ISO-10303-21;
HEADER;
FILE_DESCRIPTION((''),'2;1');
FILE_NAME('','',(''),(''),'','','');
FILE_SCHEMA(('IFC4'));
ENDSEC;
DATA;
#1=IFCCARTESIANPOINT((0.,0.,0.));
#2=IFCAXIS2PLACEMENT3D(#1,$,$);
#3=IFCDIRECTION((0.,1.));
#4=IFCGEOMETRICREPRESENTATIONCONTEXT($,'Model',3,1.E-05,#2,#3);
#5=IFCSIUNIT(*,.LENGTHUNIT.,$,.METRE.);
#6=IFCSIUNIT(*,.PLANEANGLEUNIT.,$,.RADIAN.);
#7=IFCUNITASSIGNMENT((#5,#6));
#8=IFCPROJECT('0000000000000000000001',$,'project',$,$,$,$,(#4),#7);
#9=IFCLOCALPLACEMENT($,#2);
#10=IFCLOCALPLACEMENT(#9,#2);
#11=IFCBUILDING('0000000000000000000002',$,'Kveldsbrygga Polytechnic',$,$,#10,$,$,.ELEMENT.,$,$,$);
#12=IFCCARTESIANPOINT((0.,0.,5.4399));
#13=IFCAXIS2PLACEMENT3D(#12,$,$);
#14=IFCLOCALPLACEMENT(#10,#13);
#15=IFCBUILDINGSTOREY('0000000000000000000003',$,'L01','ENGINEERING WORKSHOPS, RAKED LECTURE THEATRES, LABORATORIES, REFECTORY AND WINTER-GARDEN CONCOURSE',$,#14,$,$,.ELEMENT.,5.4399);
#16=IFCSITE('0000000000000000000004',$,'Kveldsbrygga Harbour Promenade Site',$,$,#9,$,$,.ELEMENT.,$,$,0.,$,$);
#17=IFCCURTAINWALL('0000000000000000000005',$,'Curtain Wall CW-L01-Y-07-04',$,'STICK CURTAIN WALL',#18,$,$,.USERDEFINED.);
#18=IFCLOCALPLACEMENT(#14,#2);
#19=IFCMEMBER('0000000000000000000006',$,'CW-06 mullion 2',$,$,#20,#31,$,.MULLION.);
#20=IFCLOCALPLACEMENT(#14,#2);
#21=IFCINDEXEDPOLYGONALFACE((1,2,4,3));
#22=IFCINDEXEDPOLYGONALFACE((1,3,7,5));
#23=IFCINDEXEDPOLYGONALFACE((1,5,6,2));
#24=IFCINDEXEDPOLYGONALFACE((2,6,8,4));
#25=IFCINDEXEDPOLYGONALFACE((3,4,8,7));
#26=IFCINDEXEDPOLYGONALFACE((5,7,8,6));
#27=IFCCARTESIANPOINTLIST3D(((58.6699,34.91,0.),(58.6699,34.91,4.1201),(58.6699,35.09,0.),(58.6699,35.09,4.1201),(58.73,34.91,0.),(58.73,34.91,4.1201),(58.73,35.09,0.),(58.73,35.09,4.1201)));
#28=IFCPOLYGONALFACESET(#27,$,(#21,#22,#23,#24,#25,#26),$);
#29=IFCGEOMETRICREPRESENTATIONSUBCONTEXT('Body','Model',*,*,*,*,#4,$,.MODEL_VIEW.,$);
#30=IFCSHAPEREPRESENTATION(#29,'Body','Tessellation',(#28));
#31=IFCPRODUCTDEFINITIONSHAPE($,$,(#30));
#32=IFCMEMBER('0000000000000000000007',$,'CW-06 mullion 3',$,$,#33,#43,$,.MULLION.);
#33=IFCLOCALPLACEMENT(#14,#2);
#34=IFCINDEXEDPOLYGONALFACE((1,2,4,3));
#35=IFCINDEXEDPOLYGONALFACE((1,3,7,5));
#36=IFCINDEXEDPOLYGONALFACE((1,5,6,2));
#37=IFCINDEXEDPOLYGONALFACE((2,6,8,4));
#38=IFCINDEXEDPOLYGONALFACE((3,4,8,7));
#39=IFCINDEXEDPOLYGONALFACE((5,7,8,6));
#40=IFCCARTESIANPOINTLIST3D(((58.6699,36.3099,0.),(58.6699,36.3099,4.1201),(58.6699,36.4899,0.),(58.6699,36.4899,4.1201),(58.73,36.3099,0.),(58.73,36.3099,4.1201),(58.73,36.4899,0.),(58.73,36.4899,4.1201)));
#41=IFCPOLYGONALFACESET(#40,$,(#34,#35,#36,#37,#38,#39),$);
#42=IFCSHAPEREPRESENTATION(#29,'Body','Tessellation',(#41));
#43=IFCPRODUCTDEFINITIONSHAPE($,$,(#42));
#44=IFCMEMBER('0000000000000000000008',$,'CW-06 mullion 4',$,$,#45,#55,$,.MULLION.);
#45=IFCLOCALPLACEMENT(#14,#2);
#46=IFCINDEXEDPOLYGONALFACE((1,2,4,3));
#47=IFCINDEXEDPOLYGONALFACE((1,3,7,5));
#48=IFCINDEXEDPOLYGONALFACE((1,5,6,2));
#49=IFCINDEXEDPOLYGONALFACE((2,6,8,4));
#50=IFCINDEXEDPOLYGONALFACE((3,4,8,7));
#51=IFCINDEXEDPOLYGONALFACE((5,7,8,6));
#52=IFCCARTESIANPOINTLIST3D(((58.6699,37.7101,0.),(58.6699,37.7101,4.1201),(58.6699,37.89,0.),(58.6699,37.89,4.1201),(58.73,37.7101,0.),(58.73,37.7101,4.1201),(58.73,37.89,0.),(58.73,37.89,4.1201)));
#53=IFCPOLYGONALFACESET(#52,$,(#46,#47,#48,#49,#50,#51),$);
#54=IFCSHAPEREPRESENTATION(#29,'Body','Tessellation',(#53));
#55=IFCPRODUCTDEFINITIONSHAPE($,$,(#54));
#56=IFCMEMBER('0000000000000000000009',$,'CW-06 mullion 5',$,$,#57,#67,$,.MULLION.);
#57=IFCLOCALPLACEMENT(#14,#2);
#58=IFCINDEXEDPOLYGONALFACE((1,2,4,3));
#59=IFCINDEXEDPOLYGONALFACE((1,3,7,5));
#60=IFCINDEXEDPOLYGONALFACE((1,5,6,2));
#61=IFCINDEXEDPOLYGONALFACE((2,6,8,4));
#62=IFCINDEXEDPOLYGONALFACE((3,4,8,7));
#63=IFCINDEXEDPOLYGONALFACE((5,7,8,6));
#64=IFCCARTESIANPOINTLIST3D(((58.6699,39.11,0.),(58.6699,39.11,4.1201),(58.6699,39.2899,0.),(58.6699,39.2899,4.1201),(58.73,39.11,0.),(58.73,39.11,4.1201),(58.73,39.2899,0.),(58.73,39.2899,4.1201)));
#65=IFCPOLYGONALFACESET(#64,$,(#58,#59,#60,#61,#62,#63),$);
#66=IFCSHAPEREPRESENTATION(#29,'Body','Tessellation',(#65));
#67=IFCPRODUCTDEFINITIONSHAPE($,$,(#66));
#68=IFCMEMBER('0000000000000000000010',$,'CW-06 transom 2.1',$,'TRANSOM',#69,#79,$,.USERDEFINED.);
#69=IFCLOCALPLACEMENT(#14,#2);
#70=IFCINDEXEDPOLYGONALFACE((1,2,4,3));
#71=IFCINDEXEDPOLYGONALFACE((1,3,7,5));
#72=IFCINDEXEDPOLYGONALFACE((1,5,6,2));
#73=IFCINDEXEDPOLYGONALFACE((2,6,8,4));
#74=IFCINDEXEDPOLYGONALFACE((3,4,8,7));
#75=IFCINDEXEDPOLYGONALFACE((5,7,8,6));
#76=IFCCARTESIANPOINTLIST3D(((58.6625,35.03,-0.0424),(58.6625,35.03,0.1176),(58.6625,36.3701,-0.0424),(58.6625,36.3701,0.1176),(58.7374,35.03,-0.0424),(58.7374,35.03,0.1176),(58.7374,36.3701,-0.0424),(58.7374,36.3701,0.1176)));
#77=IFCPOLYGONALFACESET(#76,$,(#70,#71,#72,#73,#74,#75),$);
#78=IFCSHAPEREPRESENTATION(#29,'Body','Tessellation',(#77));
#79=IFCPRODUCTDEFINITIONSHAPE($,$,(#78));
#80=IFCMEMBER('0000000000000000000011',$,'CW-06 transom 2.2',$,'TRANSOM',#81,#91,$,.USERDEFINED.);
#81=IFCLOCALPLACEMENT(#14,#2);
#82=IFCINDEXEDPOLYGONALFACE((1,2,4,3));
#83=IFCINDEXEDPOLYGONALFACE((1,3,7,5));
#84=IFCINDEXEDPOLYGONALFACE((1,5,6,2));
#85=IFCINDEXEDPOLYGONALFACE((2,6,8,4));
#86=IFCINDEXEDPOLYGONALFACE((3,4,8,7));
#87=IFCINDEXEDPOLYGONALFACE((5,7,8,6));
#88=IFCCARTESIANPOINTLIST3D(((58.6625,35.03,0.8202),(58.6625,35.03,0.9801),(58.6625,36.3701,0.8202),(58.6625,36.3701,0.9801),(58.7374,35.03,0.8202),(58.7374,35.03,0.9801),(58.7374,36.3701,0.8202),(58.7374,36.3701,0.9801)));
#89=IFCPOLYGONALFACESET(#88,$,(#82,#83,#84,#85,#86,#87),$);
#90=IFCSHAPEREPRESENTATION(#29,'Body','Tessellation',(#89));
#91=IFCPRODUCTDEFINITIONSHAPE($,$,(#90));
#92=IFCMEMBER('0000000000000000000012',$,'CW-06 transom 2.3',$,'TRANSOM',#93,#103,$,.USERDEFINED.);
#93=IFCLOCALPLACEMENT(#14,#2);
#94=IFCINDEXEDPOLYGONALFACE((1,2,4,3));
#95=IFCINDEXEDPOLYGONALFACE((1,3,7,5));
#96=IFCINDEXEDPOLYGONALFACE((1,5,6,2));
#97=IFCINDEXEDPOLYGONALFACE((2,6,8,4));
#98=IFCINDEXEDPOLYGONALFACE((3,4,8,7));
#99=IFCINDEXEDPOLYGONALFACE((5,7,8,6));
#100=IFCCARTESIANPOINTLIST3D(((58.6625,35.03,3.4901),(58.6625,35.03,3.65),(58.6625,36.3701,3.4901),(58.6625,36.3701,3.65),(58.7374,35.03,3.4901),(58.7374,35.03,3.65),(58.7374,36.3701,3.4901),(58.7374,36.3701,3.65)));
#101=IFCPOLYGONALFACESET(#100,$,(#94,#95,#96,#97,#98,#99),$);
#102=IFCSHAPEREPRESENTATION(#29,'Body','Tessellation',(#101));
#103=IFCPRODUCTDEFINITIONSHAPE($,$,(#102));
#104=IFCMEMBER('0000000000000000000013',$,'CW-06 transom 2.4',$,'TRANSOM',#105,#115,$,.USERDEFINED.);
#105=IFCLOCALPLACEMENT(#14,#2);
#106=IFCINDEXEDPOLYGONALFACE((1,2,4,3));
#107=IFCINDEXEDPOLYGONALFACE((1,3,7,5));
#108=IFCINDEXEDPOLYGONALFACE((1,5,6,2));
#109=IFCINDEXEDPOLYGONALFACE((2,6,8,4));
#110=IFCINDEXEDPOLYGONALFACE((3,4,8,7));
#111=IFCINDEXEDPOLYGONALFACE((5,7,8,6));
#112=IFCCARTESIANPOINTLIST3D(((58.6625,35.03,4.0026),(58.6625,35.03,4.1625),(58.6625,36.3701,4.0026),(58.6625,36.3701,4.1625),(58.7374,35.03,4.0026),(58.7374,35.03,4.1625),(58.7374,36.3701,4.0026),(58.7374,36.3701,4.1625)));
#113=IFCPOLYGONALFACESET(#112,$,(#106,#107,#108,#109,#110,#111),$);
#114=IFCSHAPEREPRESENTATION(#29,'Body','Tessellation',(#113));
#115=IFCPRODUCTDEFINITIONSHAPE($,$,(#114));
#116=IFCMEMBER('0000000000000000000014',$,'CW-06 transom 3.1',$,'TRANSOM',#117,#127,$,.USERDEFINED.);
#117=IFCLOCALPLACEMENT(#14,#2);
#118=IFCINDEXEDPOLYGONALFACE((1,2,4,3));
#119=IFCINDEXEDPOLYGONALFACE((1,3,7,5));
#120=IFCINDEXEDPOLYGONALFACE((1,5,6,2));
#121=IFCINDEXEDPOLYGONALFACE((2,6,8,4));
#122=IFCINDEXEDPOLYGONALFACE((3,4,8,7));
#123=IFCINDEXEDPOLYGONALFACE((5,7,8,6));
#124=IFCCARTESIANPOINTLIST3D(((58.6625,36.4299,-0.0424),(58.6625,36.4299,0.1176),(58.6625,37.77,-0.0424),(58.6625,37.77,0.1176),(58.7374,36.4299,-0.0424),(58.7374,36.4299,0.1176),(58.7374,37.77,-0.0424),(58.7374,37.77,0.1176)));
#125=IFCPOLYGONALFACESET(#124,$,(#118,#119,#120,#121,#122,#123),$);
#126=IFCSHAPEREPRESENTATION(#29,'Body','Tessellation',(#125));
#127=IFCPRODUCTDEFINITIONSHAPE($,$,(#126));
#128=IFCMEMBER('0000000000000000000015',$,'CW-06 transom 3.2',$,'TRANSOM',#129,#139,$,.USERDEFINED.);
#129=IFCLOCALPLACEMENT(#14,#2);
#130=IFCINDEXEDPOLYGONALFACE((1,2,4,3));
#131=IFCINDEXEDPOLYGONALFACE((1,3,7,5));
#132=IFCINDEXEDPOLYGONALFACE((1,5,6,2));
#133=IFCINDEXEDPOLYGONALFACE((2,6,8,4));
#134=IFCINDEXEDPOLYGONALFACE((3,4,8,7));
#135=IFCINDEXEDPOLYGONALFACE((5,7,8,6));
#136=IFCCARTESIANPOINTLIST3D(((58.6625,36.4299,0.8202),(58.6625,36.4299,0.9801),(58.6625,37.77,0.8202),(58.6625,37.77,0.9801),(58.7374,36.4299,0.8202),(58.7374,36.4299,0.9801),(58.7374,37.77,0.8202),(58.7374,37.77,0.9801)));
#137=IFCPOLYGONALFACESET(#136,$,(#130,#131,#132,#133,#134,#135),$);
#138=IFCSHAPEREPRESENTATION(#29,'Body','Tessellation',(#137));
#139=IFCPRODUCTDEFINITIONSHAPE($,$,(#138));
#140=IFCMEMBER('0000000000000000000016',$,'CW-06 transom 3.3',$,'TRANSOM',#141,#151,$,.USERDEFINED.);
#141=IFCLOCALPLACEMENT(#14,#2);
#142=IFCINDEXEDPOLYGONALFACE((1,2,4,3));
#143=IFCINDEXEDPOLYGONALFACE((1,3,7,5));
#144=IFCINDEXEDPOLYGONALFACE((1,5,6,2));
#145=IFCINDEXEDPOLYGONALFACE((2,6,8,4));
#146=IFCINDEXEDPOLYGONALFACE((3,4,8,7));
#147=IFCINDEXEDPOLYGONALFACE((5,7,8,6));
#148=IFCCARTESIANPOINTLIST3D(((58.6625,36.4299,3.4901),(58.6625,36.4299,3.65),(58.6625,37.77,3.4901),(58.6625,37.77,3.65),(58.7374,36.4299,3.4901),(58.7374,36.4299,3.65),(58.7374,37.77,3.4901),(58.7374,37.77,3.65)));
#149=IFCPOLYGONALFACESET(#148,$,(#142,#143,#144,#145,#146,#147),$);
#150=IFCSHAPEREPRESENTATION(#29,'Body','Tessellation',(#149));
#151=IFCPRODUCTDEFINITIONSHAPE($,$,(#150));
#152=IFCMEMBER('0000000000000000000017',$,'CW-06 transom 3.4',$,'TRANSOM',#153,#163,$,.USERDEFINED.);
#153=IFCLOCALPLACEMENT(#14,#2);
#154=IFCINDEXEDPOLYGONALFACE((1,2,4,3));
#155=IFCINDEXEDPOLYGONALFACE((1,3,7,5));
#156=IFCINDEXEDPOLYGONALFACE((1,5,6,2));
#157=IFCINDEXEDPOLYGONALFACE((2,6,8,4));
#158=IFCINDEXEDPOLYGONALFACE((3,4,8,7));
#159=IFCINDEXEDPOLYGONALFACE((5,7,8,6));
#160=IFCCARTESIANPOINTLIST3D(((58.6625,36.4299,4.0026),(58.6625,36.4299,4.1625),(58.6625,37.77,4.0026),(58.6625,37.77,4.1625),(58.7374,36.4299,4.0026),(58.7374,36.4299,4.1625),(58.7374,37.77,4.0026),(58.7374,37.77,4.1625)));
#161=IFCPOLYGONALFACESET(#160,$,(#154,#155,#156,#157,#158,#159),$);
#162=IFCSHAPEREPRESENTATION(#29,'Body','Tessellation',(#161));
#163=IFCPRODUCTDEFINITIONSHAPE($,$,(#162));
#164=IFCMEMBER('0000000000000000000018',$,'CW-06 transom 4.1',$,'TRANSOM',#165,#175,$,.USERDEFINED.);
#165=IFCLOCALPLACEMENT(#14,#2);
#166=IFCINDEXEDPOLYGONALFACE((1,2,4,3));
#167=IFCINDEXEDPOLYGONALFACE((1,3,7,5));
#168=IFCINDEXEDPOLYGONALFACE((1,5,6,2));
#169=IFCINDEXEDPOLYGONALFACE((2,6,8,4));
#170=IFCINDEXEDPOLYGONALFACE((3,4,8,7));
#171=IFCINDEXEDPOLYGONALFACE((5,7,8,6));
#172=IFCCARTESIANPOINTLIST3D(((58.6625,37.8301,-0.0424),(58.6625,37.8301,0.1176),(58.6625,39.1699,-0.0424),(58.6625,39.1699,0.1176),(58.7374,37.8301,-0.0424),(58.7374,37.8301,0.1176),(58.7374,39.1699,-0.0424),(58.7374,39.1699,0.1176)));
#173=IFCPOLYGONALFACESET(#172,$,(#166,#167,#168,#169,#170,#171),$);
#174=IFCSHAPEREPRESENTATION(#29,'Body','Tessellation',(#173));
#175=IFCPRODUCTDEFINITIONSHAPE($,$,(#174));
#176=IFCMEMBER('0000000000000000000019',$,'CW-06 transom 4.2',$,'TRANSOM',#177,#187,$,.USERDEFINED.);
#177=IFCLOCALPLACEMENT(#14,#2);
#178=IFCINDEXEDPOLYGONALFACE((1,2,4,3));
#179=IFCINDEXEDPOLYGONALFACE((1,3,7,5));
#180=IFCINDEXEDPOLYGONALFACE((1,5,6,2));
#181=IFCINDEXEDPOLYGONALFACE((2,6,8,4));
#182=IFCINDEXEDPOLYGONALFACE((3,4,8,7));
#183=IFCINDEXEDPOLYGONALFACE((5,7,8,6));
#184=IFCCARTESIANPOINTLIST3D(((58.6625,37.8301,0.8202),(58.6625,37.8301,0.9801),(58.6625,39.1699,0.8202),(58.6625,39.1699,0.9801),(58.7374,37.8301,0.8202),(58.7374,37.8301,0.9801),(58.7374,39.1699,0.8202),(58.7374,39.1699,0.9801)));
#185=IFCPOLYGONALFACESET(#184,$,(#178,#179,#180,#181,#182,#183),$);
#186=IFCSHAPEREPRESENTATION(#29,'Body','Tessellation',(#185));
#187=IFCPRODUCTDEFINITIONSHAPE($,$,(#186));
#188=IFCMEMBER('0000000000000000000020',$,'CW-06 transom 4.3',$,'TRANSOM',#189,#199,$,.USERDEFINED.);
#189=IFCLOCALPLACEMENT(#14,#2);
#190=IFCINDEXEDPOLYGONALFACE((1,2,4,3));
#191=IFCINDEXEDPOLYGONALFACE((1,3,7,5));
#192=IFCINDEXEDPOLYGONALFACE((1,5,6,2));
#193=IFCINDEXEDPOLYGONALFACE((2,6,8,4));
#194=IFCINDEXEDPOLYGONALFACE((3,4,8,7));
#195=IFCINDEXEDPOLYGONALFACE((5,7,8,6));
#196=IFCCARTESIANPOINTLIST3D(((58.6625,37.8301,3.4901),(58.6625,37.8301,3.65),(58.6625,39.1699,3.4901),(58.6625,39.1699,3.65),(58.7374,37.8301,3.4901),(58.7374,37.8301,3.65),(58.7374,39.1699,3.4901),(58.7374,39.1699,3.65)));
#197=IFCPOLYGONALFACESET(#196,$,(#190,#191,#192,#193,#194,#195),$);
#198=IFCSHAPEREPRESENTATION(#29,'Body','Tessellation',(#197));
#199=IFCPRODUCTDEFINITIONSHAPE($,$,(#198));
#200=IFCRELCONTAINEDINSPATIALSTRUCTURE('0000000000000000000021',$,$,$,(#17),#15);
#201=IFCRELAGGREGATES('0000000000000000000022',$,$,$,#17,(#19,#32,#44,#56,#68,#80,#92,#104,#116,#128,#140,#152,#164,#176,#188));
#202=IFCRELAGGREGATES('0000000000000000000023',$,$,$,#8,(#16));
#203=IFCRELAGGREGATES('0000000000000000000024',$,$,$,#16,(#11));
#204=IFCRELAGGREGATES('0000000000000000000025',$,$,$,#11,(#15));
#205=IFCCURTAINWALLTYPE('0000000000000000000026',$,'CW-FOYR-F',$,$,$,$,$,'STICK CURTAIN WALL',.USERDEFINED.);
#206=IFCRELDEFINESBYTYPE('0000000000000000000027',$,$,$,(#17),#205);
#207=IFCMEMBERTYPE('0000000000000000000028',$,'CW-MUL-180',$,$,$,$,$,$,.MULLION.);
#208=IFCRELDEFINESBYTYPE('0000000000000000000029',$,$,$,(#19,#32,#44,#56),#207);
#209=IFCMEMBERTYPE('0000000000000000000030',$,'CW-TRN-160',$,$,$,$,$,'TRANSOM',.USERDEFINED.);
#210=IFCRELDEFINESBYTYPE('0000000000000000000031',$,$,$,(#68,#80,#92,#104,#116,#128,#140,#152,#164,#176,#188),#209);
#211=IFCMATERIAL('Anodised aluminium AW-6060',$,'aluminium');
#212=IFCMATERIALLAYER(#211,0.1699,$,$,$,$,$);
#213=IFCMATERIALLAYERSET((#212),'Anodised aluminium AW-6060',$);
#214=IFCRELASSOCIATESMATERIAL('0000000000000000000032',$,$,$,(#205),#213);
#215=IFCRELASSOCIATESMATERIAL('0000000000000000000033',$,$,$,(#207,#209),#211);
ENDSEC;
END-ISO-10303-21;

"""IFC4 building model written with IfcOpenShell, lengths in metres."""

from ifc_helpers import new_model, si_unit, direction, frame, origin, origin_2d, place, context, subcontext, project, spatial, rectangle, extrude, material, layer, layer_set, material_profile, profile_set, type_object, element, aggregate, save


model = new_model("IFC4")

# Units and contexts
model_context = context("Model", 3, precision=1e-05, world=origin(), true_north=direction((0.0, 1.0)))
body_context = subcontext(model_context, "Body", "Model", "MODEL_VIEW")
ifc_project = project(units=[si_unit("LENGTHUNIT", "METRE"), si_unit("PLANEANGLEUNIT", "RADIAN")], contexts=[model_context])

# Site, building, storey
site_placement = place(None, origin())
site = spatial("IfcSite", under=ifc_project, at=site_placement, Name="Kveldsbrygga Harbour Promenade Site", CompositionType="ELEMENT", RefElevation=0.0)
building_placement = place(site_placement, origin())
building = spatial("IfcBuilding", under=site, at=building_placement, Name="Kveldsbrygga Polytechnic", CompositionType="ELEMENT")
storey_placement = place(building_placement, frame((0.0, 0.0, 5.4399)))
storey = spatial("IfcBuildingStorey", under=building, at=storey_placement, Name="L01", Description="ENGINEERING WORKSHOPS, RAKED LECTURE THEATRES, LABORATORIES, REFECTORY AND WINTER-GARDEN CONCOURSE", CompositionType="ELEMENT", Elevation=5.4399)

# Curtain wall, members
ifc_material_1 = material(Name="Anodised aluminium AW-6060", Category="aluminium")
ifc_layer_1 = layer(ifc_material_1, 0.1699)
ifc_layer_set_1 = layer_set([ifc_layer_1], Name="Anodised aluminium AW-6060")
curtain_wall_type = type_object("IfcCurtainWallType", Name="CW-FOYR-F", ElementType="STICK CURTAIN WALL", PredefinedType="USERDEFINED", material=ifc_layer_set_1)
curtain_wall_placement = place(storey_placement, origin())
curtain_wall = element("IfcCurtainWall", 1, at=curtain_wall_placement, inside=storey, type_object=curtain_wall_type, Name="Curtain Wall CW-L01-Y-07-04", ObjectType="STICK CURTAIN WALL", PredefinedType="USERDEFINED")
ifc_material_profile_1 = material_profile(ifc_material_1, rectangle(XDim=0.0601, YDim=0.1799, at=origin_2d()), Name="ALU 60x180")
ifc_profile_set_1 = profile_set([ifc_material_profile_1], Name="Anodised aluminium AW-6060")
member_type_1 = type_object("IfcMemberType", Name="CW-MUL-180", PredefinedType="MULLION", material=ifc_profile_set_1)
member_1_placement = place(storey_placement, frame((58.7, 35.0, 0.0), z_axis=(0.0, 0.0, 1.0), x_axis=(-1.0, 0.0, 0.0)))
member_1 = element("IfcMember", 2, at=member_1_placement, type_object=member_type_1, Name="CW-06 mullion 2", PredefinedType="MULLION", context=body_context, shape_type="SweptSolid", body=[
    extrude(rectangle(XDim=0.0601, YDim=0.1799, at=origin_2d()), origin(), (0.0, 0.0, 1.0), 4.1201),
])
member_2_placement = place(storey_placement, frame((58.7, 36.3999, 0.0), z_axis=(0.0, 0.0, 1.0), x_axis=(-1.0, 0.0, 0.0)))
member_2 = element("IfcMember", 3, at=member_2_placement, type_object=member_type_1, Name="CW-06 mullion 3", PredefinedType="MULLION", context=body_context, shape_type="SweptSolid", body=[
    extrude(rectangle(XDim=0.0601, YDim=0.1799, at=origin_2d()), origin(), (0.0, 0.0, 1.0), 4.1201),
])
member_3_placement = place(storey_placement, frame((58.7, 37.8, 0.0), z_axis=(0.0, 0.0, 1.0), x_axis=(-1.0, 0.0, 0.0)))
member_3 = element("IfcMember", 4, at=member_3_placement, type_object=member_type_1, Name="CW-06 mullion 4", PredefinedType="MULLION", context=body_context, shape_type="SweptSolid", body=[
    extrude(rectangle(XDim=0.0601, YDim=0.1799, at=origin_2d()), origin(), (0.0, 0.0, 1.0), 4.1201),
])
member_4_placement = place(storey_placement, frame((58.7, 39.2, 0.0), z_axis=(0.0, 0.0, 1.0), x_axis=(-1.0, 0.0, 0.0)))
member_4 = element("IfcMember", 5, at=member_4_placement, type_object=member_type_1, Name="CW-06 mullion 5", PredefinedType="MULLION", context=body_context, shape_type="SweptSolid", body=[
    extrude(rectangle(XDim=0.0601, YDim=0.1799, at=origin_2d()), origin(), (0.0, 0.0, 1.0), 4.1201),
])
ifc_material_profile_2 = material_profile(ifc_material_1, rectangle(XDim=0.075, YDim=0.1599, at=origin_2d()), Name="ALU 75x160")
ifc_profile_set_2 = profile_set([ifc_material_profile_2], Name="Anodised aluminium AW-6060")
member_type_2 = type_object("IfcMemberType", Name="CW-TRN-160", ElementType="TRANSOM", PredefinedType="USERDEFINED", material=ifc_profile_set_2)
member_5_placement = place(storey_placement, frame((58.7, 35.03, 0.0376), z_axis=(0.0, 1.0, 0.0), x_axis=(-1.0, 0.0, 0.0)))
member_5 = element("IfcMember", 6, at=member_5_placement, type_object=member_type_2, Name="CW-06 transom 2.1", ObjectType="TRANSOM", PredefinedType="USERDEFINED", context=body_context, shape_type="SweptSolid", body=[
    extrude(rectangle(XDim=0.075, YDim=0.1599, at=origin_2d()), origin(), (0.0, 0.0, 1.0), 1.3401),
])
member_6_placement = place(storey_placement, frame((58.7, 35.03, 0.9001), z_axis=(0.0, 1.0, 0.0), x_axis=(-1.0, 0.0, 0.0)))
member_6 = element("IfcMember", 7, at=member_6_placement, type_object=member_type_2, Name="CW-06 transom 2.2", ObjectType="TRANSOM", PredefinedType="USERDEFINED", context=body_context, shape_type="SweptSolid", body=[
    extrude(rectangle(XDim=0.075, YDim=0.1599, at=origin_2d()), origin(), (0.0, 0.0, 1.0), 1.3401),
])
member_7_placement = place(storey_placement, frame((58.7, 35.03, 3.5701), z_axis=(0.0, 1.0, 0.0), x_axis=(-1.0, 0.0, 0.0)))
member_7 = element("IfcMember", 8, at=member_7_placement, type_object=member_type_2, Name="CW-06 transom 2.3", ObjectType="TRANSOM", PredefinedType="USERDEFINED", context=body_context, shape_type="SweptSolid", body=[
    extrude(rectangle(XDim=0.075, YDim=0.1599, at=origin_2d()), origin(), (0.0, 0.0, 1.0), 1.3401),
])
member_8_placement = place(storey_placement, frame((58.7, 35.03, 4.0825), z_axis=(0.0, 1.0, 0.0), x_axis=(-1.0, 0.0, 0.0)))
member_8 = element("IfcMember", 9, at=member_8_placement, type_object=member_type_2, Name="CW-06 transom 2.4", ObjectType="TRANSOM", PredefinedType="USERDEFINED", context=body_context, shape_type="SweptSolid", body=[
    extrude(rectangle(XDim=0.075, YDim=0.1599, at=origin_2d()), origin(), (0.0, 0.0, 1.0), 1.3401),
])
member_9_placement = place(storey_placement, frame((58.7, 36.4299, 0.0376), z_axis=(0.0, 1.0, 0.0), x_axis=(-1.0, 0.0, 0.0)))
member_9 = element("IfcMember", 10, at=member_9_placement, type_object=member_type_2, Name="CW-06 transom 3.1", ObjectType="TRANSOM", PredefinedType="USERDEFINED", context=body_context, shape_type="SweptSolid", body=[
    extrude(rectangle(XDim=0.075, YDim=0.1599, at=origin_2d()), origin(), (0.0, 0.0, 1.0), 1.3401),
])
member_10_placement = place(storey_placement, frame((58.7, 36.4299, 0.9001), z_axis=(0.0, 1.0, 0.0), x_axis=(-1.0, 0.0, 0.0)))
member_10 = element("IfcMember", 11, at=member_10_placement, type_object=member_type_2, Name="CW-06 transom 3.2", ObjectType="TRANSOM", PredefinedType="USERDEFINED", context=body_context, shape_type="SweptSolid", body=[
    extrude(rectangle(XDim=0.075, YDim=0.1599, at=origin_2d()), origin(), (0.0, 0.0, 1.0), 1.3401),
])
member_11_placement = place(storey_placement, frame((58.7, 36.4299, 3.5701), z_axis=(0.0, 1.0, 0.0), x_axis=(-1.0, 0.0, 0.0)))
member_11 = element("IfcMember", 12, at=member_11_placement, type_object=member_type_2, Name="CW-06 transom 3.3", ObjectType="TRANSOM", PredefinedType="USERDEFINED", context=body_context, shape_type="SweptSolid", body=[
    extrude(rectangle(XDim=0.075, YDim=0.1599, at=origin_2d()), origin(), (0.0, 0.0, 1.0), 1.3401),
])
member_12_placement = place(storey_placement, frame((58.7, 36.4299, 4.0825), z_axis=(0.0, 1.0, 0.0), x_axis=(-1.0, 0.0, 0.0)))
member_12 = element("IfcMember", 13, at=member_12_placement, type_object=member_type_2, Name="CW-06 transom 3.4", ObjectType="TRANSOM", PredefinedType="USERDEFINED", context=body_context, shape_type="SweptSolid", body=[
    extrude(rectangle(XDim=0.075, YDim=0.1599, at=origin_2d()), origin(), (0.0, 0.0, 1.0), 1.3401),
])
member_13_placement = place(storey_placement, frame((58.7, 37.8301, 0.0376), z_axis=(0.0, 1.0, 0.0), x_axis=(-1.0, 0.0, 0.0)))
member_13 = element("IfcMember", 14, at=member_13_placement, type_object=member_type_2, Name="CW-06 transom 4.1", ObjectType="TRANSOM", PredefinedType="USERDEFINED", context=body_context, shape_type="SweptSolid", body=[
    extrude(rectangle(XDim=0.075, YDim=0.1599, at=origin_2d()), origin(), (0.0, 0.0, 1.0), 1.3398),
])
member_14_placement = place(storey_placement, frame((58.7, 37.8301, 0.9001), z_axis=(0.0, 1.0, 0.0), x_axis=(-1.0, 0.0, 0.0)))
member_14 = element("IfcMember", 15, at=member_14_placement, type_object=member_type_2, Name="CW-06 transom 4.2", ObjectType="TRANSOM", PredefinedType="USERDEFINED", context=body_context, shape_type="SweptSolid", body=[
    extrude(rectangle(XDim=0.075, YDim=0.1599, at=origin_2d()), origin(), (0.0, 0.0, 1.0), 1.3398),
])
member_15_placement = place(storey_placement, frame((58.7, 37.8301, 3.5701), z_axis=(0.0, 1.0, 0.0), x_axis=(-1.0, 0.0, 0.0)))
member_15 = element("IfcMember", 16, at=member_15_placement, type_object=member_type_2, Name="CW-06 transom 4.3", ObjectType="TRANSOM", PredefinedType="USERDEFINED", context=body_context, shape_type="SweptSolid", body=[
    extrude(rectangle(XDim=0.075, YDim=0.1599, at=origin_2d()), origin(), (0.0, 0.0, 1.0), 1.3398),
])

aggregate(curtain_wall, [member_1, member_2, member_3, member_4, member_5, member_6, member_7, member_8, member_9, member_10, member_11, member_12, member_13, member_14, member_15])

save(model, "model.ifc")
